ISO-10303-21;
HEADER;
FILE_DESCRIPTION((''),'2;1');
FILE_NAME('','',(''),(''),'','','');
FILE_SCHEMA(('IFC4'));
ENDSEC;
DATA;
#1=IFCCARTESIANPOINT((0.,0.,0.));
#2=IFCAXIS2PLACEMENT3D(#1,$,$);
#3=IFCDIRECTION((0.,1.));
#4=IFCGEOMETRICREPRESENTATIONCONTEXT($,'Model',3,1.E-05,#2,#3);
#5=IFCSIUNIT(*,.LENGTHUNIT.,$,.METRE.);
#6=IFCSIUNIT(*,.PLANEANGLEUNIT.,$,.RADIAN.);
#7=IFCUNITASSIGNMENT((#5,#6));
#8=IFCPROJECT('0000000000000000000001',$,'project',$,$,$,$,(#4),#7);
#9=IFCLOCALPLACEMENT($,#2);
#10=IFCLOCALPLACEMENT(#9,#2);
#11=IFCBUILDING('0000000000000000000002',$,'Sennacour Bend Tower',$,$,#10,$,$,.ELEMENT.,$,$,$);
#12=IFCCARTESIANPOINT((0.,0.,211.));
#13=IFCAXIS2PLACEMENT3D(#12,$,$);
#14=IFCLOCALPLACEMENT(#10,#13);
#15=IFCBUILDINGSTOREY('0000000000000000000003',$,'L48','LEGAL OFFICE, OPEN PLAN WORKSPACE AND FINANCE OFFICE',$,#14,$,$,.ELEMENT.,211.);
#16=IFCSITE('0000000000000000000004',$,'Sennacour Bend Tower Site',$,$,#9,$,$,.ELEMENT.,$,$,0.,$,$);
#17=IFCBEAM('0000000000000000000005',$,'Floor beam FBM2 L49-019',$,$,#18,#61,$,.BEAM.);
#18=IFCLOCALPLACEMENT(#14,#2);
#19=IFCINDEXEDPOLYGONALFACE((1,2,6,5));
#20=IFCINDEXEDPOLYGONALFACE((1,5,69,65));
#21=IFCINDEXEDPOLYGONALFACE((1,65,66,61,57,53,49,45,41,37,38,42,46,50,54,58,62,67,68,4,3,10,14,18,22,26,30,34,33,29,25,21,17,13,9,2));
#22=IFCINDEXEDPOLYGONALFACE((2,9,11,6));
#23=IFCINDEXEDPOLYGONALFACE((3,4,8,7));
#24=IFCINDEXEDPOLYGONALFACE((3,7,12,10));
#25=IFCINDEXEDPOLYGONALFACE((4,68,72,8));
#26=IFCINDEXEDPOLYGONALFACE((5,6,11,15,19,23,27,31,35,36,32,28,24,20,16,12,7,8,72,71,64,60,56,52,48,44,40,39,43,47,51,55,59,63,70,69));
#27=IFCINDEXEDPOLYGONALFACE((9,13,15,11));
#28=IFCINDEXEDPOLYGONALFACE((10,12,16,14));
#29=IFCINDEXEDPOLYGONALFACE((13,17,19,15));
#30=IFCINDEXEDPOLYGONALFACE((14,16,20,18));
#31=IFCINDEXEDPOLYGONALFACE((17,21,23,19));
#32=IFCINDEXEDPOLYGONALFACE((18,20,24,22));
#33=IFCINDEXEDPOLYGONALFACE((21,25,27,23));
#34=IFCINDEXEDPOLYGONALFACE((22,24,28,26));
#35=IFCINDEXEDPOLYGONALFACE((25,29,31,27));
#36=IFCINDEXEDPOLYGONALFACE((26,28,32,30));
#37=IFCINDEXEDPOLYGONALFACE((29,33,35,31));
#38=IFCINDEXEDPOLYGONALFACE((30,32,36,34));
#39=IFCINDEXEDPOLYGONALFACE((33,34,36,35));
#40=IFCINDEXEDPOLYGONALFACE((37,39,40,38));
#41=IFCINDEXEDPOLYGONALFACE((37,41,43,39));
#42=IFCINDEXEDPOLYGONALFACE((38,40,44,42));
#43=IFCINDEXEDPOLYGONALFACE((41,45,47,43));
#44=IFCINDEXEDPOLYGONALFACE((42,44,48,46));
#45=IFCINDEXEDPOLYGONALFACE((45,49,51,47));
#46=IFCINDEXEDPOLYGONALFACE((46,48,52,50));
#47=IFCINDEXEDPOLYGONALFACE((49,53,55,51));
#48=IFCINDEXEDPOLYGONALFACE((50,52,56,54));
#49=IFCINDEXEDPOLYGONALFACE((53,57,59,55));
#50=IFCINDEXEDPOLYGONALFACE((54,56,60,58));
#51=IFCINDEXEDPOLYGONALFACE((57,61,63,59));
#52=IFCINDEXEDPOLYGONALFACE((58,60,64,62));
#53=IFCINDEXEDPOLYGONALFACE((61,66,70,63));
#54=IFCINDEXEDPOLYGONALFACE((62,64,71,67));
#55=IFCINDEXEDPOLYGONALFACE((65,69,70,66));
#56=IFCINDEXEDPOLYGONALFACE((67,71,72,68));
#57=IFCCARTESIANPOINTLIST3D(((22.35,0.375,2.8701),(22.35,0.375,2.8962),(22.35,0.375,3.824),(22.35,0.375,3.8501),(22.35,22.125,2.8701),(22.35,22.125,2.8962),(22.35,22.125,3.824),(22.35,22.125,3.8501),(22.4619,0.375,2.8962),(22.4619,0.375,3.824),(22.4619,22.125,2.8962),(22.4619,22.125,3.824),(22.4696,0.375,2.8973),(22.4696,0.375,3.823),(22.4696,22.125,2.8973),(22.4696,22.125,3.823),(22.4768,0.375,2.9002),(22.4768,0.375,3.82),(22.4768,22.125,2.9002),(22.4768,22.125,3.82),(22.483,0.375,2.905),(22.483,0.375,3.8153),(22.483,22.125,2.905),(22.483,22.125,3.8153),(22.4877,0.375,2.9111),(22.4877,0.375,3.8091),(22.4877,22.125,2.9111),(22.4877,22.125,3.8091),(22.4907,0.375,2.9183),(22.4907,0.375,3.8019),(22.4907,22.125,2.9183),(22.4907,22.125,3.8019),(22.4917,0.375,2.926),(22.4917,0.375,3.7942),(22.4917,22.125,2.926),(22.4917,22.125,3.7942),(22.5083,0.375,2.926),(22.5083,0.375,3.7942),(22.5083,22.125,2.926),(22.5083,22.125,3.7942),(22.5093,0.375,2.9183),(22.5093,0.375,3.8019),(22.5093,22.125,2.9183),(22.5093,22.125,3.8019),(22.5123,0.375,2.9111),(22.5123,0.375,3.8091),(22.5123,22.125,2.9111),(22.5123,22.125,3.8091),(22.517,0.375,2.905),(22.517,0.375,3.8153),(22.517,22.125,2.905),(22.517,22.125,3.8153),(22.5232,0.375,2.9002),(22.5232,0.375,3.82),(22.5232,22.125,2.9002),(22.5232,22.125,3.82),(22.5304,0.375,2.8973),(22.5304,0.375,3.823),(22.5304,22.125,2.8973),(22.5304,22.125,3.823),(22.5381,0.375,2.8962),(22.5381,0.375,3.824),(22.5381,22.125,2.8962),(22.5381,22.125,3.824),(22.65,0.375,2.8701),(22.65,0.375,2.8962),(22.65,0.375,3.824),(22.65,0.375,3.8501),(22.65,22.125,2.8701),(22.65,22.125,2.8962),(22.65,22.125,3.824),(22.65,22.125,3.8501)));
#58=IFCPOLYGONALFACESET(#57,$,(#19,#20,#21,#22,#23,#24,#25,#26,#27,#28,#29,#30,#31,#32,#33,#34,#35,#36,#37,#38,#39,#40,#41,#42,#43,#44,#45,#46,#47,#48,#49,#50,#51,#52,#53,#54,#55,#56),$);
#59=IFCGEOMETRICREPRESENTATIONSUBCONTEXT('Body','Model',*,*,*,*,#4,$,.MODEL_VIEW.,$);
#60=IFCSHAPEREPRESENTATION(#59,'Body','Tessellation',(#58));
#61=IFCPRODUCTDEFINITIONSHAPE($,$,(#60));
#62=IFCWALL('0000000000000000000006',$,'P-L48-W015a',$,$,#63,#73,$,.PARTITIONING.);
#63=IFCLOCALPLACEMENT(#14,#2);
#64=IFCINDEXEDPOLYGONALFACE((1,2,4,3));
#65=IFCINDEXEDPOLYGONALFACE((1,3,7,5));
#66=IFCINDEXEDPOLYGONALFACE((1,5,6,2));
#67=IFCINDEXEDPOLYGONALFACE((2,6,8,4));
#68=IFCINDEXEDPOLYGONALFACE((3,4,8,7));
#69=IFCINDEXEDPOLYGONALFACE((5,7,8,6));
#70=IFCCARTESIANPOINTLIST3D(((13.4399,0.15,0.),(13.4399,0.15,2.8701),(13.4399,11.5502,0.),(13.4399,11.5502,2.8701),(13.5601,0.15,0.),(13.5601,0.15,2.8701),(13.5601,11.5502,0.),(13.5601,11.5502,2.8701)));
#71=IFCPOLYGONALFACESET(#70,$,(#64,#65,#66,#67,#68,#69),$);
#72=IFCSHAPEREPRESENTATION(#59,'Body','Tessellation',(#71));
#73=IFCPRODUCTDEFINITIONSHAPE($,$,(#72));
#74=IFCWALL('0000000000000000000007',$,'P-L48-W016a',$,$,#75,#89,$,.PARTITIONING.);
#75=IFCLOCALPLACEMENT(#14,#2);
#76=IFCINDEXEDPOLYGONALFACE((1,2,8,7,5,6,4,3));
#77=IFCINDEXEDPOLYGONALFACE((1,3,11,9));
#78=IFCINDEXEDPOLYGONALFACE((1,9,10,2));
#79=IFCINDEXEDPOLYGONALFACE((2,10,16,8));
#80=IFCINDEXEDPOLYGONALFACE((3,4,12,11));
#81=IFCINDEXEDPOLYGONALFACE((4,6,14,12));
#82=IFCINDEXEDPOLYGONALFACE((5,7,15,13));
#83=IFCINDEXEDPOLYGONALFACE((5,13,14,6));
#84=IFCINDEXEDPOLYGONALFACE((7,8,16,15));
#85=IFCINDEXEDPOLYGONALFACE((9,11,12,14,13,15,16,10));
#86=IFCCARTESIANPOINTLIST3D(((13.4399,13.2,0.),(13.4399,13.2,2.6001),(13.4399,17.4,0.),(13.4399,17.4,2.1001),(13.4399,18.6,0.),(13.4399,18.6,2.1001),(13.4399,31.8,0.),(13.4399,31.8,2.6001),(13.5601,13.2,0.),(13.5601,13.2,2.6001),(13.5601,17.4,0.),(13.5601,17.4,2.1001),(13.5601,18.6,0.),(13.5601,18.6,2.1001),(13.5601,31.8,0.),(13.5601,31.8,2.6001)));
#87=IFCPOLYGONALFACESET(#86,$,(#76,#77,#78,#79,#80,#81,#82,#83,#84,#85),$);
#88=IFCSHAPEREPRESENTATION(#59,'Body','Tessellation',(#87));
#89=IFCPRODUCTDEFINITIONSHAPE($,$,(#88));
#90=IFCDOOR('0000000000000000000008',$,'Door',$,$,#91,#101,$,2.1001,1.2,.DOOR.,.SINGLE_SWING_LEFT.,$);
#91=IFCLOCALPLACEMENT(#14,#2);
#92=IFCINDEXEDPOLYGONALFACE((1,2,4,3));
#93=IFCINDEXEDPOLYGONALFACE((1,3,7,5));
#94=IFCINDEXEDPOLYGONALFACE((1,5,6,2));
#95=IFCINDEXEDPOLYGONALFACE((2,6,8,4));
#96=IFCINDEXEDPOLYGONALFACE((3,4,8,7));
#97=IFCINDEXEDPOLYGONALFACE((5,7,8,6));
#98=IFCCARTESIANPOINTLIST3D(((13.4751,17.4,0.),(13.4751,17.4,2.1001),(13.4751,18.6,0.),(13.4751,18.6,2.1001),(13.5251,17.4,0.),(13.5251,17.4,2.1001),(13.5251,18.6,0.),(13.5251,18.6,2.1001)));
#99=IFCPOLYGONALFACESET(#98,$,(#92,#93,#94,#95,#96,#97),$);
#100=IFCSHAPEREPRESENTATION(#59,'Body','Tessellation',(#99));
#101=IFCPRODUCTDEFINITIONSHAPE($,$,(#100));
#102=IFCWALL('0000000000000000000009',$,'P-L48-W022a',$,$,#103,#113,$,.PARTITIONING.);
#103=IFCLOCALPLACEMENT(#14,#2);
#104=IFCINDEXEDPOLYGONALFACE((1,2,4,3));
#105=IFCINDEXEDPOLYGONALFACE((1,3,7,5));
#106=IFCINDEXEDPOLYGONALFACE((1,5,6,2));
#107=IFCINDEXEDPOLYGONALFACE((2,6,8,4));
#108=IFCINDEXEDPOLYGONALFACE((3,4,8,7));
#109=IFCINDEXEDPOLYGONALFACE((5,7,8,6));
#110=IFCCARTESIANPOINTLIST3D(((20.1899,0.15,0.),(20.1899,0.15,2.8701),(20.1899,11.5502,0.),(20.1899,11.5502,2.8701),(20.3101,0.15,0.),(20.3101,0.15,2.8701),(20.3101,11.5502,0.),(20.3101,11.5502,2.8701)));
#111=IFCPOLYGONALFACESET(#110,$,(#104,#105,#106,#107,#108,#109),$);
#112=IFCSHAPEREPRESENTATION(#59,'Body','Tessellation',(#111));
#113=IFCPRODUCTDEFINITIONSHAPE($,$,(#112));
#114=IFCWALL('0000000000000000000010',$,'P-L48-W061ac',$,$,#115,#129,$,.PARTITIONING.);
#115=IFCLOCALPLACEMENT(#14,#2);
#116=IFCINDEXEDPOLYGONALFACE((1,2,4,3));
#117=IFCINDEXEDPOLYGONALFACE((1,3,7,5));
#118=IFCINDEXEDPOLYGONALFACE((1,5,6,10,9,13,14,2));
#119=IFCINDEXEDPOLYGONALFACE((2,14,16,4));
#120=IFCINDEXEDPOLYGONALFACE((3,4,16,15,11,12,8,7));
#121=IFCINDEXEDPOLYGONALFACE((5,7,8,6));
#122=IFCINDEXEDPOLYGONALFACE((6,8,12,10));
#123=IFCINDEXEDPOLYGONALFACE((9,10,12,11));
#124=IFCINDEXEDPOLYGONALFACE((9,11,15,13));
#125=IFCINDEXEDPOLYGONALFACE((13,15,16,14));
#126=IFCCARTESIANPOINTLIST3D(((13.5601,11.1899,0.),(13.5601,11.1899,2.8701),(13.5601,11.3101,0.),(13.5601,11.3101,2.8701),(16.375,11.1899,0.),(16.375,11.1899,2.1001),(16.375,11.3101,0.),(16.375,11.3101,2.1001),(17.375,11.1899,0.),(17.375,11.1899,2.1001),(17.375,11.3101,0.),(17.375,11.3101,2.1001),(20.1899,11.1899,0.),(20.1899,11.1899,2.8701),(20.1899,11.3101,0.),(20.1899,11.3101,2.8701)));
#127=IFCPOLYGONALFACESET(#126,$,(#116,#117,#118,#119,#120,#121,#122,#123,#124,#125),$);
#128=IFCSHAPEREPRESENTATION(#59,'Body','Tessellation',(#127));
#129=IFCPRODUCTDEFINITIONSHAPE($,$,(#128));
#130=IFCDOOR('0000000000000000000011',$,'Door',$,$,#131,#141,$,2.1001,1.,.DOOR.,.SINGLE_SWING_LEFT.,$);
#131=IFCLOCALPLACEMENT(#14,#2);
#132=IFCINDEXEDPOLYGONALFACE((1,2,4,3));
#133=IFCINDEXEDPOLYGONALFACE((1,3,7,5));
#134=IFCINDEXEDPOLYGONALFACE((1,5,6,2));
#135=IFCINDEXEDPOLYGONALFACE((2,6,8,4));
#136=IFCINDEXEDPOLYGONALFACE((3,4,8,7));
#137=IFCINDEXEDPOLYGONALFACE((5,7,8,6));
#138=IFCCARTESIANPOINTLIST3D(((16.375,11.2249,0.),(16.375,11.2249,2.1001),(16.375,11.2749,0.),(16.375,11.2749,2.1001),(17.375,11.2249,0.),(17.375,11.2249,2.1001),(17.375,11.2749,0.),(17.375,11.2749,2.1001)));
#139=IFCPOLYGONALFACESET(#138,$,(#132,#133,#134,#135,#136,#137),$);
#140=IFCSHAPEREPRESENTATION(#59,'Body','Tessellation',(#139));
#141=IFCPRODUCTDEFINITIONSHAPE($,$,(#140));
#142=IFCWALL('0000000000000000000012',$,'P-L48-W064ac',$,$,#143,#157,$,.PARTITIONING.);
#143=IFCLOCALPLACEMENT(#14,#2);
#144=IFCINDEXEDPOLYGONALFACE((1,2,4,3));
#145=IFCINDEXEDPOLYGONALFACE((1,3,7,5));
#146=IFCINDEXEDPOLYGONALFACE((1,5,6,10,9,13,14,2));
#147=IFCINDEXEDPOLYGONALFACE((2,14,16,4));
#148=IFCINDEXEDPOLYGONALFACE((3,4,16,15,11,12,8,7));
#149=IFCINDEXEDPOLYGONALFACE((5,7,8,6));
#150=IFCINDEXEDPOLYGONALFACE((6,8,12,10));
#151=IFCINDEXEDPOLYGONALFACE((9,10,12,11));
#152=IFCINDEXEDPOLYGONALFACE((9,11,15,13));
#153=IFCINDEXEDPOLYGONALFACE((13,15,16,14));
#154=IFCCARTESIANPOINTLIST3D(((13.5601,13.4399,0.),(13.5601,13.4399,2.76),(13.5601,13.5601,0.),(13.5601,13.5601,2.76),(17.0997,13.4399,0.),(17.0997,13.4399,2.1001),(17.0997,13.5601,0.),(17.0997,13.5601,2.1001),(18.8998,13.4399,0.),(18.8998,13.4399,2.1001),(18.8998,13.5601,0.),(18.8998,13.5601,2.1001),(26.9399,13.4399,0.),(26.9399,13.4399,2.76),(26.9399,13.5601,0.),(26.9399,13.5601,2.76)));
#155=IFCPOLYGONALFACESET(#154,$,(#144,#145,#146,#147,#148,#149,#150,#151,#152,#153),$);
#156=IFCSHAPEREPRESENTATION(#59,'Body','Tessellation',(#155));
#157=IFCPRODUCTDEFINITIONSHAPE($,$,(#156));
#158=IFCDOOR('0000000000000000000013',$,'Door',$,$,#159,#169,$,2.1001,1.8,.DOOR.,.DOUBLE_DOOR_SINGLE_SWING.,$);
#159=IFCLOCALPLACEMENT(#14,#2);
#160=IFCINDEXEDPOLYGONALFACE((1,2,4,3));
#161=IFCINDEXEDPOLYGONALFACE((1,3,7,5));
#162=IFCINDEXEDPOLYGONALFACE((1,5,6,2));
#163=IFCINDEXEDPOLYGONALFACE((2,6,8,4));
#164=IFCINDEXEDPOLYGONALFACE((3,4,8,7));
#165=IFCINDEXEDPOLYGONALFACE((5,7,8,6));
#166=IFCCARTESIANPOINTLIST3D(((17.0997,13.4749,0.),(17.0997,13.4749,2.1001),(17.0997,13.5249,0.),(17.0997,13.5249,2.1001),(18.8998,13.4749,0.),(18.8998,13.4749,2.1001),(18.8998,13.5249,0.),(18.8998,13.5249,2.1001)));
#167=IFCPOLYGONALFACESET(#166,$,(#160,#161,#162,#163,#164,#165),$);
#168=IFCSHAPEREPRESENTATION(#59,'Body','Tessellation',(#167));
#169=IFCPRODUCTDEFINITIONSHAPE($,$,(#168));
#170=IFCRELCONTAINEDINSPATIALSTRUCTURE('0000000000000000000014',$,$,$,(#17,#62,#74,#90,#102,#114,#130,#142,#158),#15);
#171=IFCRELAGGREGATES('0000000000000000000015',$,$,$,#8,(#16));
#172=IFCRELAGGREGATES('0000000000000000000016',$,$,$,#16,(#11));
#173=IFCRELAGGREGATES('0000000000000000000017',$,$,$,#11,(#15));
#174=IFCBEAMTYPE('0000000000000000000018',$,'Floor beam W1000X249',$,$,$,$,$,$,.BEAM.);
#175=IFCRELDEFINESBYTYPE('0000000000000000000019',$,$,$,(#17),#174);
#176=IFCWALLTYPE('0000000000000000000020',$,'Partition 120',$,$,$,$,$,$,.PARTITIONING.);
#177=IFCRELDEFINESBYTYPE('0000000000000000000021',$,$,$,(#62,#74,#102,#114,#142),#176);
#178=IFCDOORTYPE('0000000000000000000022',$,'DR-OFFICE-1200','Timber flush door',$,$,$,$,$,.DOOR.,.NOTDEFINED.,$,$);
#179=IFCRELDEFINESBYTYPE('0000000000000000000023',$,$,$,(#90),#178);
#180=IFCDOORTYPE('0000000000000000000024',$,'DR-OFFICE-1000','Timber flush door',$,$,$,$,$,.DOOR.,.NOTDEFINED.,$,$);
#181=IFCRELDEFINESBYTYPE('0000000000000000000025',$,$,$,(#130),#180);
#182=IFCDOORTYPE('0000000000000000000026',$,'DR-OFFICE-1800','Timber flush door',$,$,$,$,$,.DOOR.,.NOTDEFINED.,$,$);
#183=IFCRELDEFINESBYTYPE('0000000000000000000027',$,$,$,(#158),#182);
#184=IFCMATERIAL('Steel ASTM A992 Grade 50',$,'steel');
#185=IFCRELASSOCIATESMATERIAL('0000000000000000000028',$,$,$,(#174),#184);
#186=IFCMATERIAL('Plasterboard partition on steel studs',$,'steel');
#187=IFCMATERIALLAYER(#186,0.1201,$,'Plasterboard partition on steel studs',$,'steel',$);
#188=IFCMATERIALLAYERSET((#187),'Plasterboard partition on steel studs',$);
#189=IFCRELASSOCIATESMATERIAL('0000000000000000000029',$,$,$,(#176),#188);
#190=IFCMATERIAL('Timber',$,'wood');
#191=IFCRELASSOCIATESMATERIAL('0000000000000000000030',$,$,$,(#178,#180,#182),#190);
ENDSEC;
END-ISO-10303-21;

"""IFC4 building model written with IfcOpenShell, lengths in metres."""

from ifc_helpers import new_model, si_unit, direction, frame, frame_2d, origin, origin_2d, place, context, subcontext, project, spatial, rectangle, i_section, extrude, material, layer, layer_set, material_profile, profile_set, type_object, element, fill, save


model = new_model("IFC4")

# Units and contexts
model_context = context("Model", 3, precision=1e-05, world=origin(), true_north=direction((0.0, 1.0)))
body_context = subcontext(model_context, "Body", "Model", "MODEL_VIEW")
ifc_project = project(units=[si_unit("LENGTHUNIT", "METRE"), si_unit("PLANEANGLEUNIT", "RADIAN")], contexts=[model_context])

# Site, building, storey
site_placement = place(None, origin())
site = spatial("IfcSite", under=ifc_project, at=site_placement, Name="Sennacour Bend Tower Site", CompositionType="ELEMENT", RefElevation=0.0)
building_placement = place(site_placement, origin())
building = spatial("IfcBuilding", under=site, at=building_placement, Name="Sennacour Bend Tower", CompositionType="ELEMENT")
storey_placement = place(building_placement, frame((0.0, 0.0, 211.0)))
storey = spatial("IfcBuildingStorey", under=building, at=storey_placement, Name="L48", Description="LEGAL OFFICE, OPEN PLAN WORKSPACE AND FINANCE OFFICE", CompositionType="ELEMENT", Elevation=211.0)

# Beam
ifc_material_1 = material(Name="Steel ASTM A992 Grade 50", Category="steel")
ifc_material_profile = material_profile(ifc_material_1, i_section(OverallWidth=0.3, OverallDepth=0.98, WebThickness=0.0166, FlangeThickness=0.0261, FilletRadius=0.0298, at=origin_2d()), Name="Steel ASTM A992 Grade 50", Category="steel")
ifc_profile_set = profile_set([ifc_material_profile], Name="Steel ASTM A992 Grade 50")
beam_type = type_object("IfcBeamType", Name="Floor beam W1000X249", PredefinedType="BEAM", material=ifc_profile_set)
beam_1_placement = place(storey_placement, frame((22.5, 0.375, 3.3601), z_axis=(0.0, 1.0, 0.0), x_axis=(-1.0, 0.0, 0.0)))
element("IfcBeam", 1, at=beam_1_placement, inside=storey, type_object=beam_type, Name="Floor beam FBM2 L49-019", PredefinedType="BEAM", context=body_context, shape_type="SweptSolid", body=[
    extrude(i_section(OverallWidth=0.3, OverallDepth=0.98, WebThickness=0.0166, FlangeThickness=0.0261, FilletRadius=0.0298, at=origin_2d()), origin(), (0.0, 0.0, 1.0), 21.75),
])

# Wall
ifc_material_2 = material(Name="Plasterboard partition on steel studs", Category="steel")
ifc_layer_1 = layer(ifc_material_2, 0.1201, Name="Plasterboard partition on steel studs", Category="steel")
ifc_layer_set_1 = layer_set([ifc_layer_1], Name="Plasterboard partition on steel studs")
wall_type_1 = type_object("IfcWallType", Name="Partition 120", PredefinedType="PARTITIONING", material=ifc_layer_set_1)
wall_1_placement = place(storey_placement, frame((13.5, 0.1499, 0.0), z_axis=(0.0, 0.0, 1.0), x_axis=(0.0, 1.0, 0.0)))
element("IfcWall", 2, at=wall_1_placement, inside=storey, type_object=wall_type_1, Name="P-L48-W015a", PredefinedType="PARTITIONING", context=body_context, shape_type="SweptSolid", body=[
    extrude(rectangle(XDim=11.4001, YDim=0.1201, at=frame_2d((5.7002, 0.0))), origin(), (0.0, 0.0, 1.0), 2.8701),
])

# Wall, opening, door
wall_2_placement = place(storey_placement, frame((13.5, 13.2, 0.0), z_axis=(0.0, 0.0, 1.0), x_axis=(0.0, 1.0, 0.0)))
wall_2 = element("IfcWall", 3, at=wall_2_placement, inside=storey, type_object=wall_type_1, Name="P-L48-W016a", PredefinedType="PARTITIONING", context=body_context, shape_type="SweptSolid", body=[
    extrude(rectangle(XDim=18.6001, YDim=0.1201, at=frame_2d((9.3, 0.0))), origin(), (0.0, 0.0, 1.0), 2.6001),
])
opening_1_placement = place(wall_2_placement, frame((4.2, 0.0, 0.0)))
opening_1 = element("IfcOpeningElement", 4, at=opening_1_placement, cuts=wall_2, PredefinedType="OPENING", context=body_context, shape_type="SweptSolid", body=[
    extrude(rectangle(XDim=1.2, YDim=2.1001, at=frame_2d((0.6001, 1.05))), frame((0.0, 0.0701, 0.0), z_axis=(0.0, -1.0, 0.0), x_axis=(1.0, 0.0, 0.0)), (0.0, 0.0, 1.0), 0.1401),
])
ifc_material_3 = material(Name="Timber", Category="wood")
door_type_1 = type_object("IfcDoorType", Name="DR-OFFICE-1200", Description="Timber flush door", OperationType="NOTDEFINED", PredefinedType="DOOR", material=ifc_material_3)
door_1_placement = place(opening_1_placement, origin())
door_1 = element("IfcDoor", 5, at=door_1_placement, inside=storey, type_object=door_type_1, Name="Door", OperationType="SINGLE_SWING_LEFT", OverallHeight=2.1001, OverallWidth=1.2, PredefinedType="DOOR", context=body_context, shape_type="SweptSolid", body=[
    extrude(rectangle(XDim=1.2, YDim=2.1001, at=frame_2d((0.6001, 1.05))), frame((0.0, 0.0249, 0.0), z_axis=(0.0, -1.0, 0.0), x_axis=(1.0, 0.0, 0.0)), (0.0, 0.0, 1.0), 0.05),
])
fill(opening_1, door_1)

# Wall
wall_3_placement = place(storey_placement, frame((20.25, 0.1499, 0.0), z_axis=(0.0, 0.0, 1.0), x_axis=(0.0, 1.0, 0.0)))
element("IfcWall", 6, at=wall_3_placement, inside=storey, type_object=wall_type_1, Name="P-L48-W022a", PredefinedType="PARTITIONING", context=body_context, shape_type="SweptSolid", body=[
    extrude(rectangle(XDim=11.4001, YDim=0.1201, at=frame_2d((5.7002, 0.0))), origin(), (0.0, 0.0, 1.0), 2.8701),
])

# Walls, openings, doors
wall_4_placement = place(storey_placement, frame((13.5601, 11.25, 0.0), z_axis=(0.0, 0.0, 1.0), x_axis=(1.0, 0.0, 0.0)))
wall_4 = element("IfcWall", 7, at=wall_4_placement, inside=storey, type_object=wall_type_1, Name="P-L48-W061ac", PredefinedType="PARTITIONING", context=body_context, shape_type="SweptSolid", body=[
    extrude(rectangle(XDim=6.6299, YDim=0.1201, at=frame_2d((3.3149, 0.0))), origin(), (0.0, 0.0, 1.0), 2.8701),
])
opening_2_placement = place(wall_4_placement, frame((2.8149, 0.0, 0.0)))
opening_2 = element("IfcOpeningElement", 8, at=opening_2_placement, cuts=wall_4, PredefinedType="OPENING", context=body_context, shape_type="SweptSolid", body=[
    extrude(rectangle(XDim=1.0, YDim=2.1001, at=frame_2d((0.5, 1.05))), frame((0.0, 0.0701, 0.0), z_axis=(0.0, -1.0, 0.0), x_axis=(1.0, 0.0, 0.0)), (0.0, 0.0, 1.0), 0.1401),
])
door_type_2 = type_object("IfcDoorType", Name="DR-OFFICE-1000", Description="Timber flush door", OperationType="NOTDEFINED", PredefinedType="DOOR", material=ifc_material_3)
door_2_placement = place(opening_2_placement, origin())
door_2 = element("IfcDoor", 9, at=door_2_placement, inside=storey, type_object=door_type_2, Name="Door", OperationType="SINGLE_SWING_LEFT", OverallHeight=2.1001, OverallWidth=1.0, PredefinedType="DOOR", context=body_context, shape_type="SweptSolid", body=[
    extrude(rectangle(XDim=1.0, YDim=2.1001, at=frame_2d((0.5, 1.05))), frame((0.0, 0.0249, 0.0), z_axis=(0.0, -1.0, 0.0), x_axis=(1.0, 0.0, 0.0)), (0.0, 0.0, 1.0), 0.05),
])
fill(opening_2, door_2)
wall_5_placement = place(storey_placement, frame((13.5601, 13.5, 0.0), z_axis=(0.0, 0.0, 1.0), x_axis=(1.0, 0.0, 0.0)))
wall_5 = element("IfcWall", 10, at=wall_5_placement, inside=storey, type_object=wall_type_1, Name="P-L48-W064ac", PredefinedType="PARTITIONING", context=body_context, shape_type="SweptSolid", body=[
    extrude(rectangle(XDim=13.3799, YDim=0.1201, at=frame_2d((6.6899, 0.0))), origin(), (0.0, 0.0, 1.0), 2.76),
])
opening_3_placement = place(wall_5_placement, frame((3.5398, 0.0, 0.0)))
opening_3 = element("IfcOpeningElement", 11, at=opening_3_placement, cuts=wall_5, PredefinedType="OPENING", context=body_context, shape_type="SweptSolid", body=[
    extrude(rectangle(XDim=1.8, YDim=2.1001, at=frame_2d((0.8999, 1.05))), frame((0.0, 0.0701, 0.0), z_axis=(0.0, -1.0, 0.0), x_axis=(1.0, 0.0, 0.0)), (0.0, 0.0, 1.0), 0.1401),
])
door_type_3 = type_object("IfcDoorType", Name="DR-OFFICE-1800", Description="Timber flush door", OperationType="NOTDEFINED", PredefinedType="DOOR", material=ifc_material_3)
door_3_placement = place(opening_3_placement, origin())
door_3 = element("IfcDoor", 12, at=door_3_placement, inside=storey, type_object=door_type_3, Name="Door", OperationType="DOUBLE_DOOR_SINGLE_SWING", OverallHeight=2.1001, OverallWidth=1.8, PredefinedType="DOOR", context=body_context, shape_type="SweptSolid", body=[
    extrude(rectangle(XDim=1.8, YDim=2.1001, at=frame_2d((0.8999, 1.05))), frame((0.0, 0.0249, 0.0), z_axis=(0.0, -1.0, 0.0), x_axis=(1.0, 0.0, 0.0)), (0.0, 0.0, 1.0), 0.05),
])
fill(opening_3, door_3)

save(model, "model.ifc")
